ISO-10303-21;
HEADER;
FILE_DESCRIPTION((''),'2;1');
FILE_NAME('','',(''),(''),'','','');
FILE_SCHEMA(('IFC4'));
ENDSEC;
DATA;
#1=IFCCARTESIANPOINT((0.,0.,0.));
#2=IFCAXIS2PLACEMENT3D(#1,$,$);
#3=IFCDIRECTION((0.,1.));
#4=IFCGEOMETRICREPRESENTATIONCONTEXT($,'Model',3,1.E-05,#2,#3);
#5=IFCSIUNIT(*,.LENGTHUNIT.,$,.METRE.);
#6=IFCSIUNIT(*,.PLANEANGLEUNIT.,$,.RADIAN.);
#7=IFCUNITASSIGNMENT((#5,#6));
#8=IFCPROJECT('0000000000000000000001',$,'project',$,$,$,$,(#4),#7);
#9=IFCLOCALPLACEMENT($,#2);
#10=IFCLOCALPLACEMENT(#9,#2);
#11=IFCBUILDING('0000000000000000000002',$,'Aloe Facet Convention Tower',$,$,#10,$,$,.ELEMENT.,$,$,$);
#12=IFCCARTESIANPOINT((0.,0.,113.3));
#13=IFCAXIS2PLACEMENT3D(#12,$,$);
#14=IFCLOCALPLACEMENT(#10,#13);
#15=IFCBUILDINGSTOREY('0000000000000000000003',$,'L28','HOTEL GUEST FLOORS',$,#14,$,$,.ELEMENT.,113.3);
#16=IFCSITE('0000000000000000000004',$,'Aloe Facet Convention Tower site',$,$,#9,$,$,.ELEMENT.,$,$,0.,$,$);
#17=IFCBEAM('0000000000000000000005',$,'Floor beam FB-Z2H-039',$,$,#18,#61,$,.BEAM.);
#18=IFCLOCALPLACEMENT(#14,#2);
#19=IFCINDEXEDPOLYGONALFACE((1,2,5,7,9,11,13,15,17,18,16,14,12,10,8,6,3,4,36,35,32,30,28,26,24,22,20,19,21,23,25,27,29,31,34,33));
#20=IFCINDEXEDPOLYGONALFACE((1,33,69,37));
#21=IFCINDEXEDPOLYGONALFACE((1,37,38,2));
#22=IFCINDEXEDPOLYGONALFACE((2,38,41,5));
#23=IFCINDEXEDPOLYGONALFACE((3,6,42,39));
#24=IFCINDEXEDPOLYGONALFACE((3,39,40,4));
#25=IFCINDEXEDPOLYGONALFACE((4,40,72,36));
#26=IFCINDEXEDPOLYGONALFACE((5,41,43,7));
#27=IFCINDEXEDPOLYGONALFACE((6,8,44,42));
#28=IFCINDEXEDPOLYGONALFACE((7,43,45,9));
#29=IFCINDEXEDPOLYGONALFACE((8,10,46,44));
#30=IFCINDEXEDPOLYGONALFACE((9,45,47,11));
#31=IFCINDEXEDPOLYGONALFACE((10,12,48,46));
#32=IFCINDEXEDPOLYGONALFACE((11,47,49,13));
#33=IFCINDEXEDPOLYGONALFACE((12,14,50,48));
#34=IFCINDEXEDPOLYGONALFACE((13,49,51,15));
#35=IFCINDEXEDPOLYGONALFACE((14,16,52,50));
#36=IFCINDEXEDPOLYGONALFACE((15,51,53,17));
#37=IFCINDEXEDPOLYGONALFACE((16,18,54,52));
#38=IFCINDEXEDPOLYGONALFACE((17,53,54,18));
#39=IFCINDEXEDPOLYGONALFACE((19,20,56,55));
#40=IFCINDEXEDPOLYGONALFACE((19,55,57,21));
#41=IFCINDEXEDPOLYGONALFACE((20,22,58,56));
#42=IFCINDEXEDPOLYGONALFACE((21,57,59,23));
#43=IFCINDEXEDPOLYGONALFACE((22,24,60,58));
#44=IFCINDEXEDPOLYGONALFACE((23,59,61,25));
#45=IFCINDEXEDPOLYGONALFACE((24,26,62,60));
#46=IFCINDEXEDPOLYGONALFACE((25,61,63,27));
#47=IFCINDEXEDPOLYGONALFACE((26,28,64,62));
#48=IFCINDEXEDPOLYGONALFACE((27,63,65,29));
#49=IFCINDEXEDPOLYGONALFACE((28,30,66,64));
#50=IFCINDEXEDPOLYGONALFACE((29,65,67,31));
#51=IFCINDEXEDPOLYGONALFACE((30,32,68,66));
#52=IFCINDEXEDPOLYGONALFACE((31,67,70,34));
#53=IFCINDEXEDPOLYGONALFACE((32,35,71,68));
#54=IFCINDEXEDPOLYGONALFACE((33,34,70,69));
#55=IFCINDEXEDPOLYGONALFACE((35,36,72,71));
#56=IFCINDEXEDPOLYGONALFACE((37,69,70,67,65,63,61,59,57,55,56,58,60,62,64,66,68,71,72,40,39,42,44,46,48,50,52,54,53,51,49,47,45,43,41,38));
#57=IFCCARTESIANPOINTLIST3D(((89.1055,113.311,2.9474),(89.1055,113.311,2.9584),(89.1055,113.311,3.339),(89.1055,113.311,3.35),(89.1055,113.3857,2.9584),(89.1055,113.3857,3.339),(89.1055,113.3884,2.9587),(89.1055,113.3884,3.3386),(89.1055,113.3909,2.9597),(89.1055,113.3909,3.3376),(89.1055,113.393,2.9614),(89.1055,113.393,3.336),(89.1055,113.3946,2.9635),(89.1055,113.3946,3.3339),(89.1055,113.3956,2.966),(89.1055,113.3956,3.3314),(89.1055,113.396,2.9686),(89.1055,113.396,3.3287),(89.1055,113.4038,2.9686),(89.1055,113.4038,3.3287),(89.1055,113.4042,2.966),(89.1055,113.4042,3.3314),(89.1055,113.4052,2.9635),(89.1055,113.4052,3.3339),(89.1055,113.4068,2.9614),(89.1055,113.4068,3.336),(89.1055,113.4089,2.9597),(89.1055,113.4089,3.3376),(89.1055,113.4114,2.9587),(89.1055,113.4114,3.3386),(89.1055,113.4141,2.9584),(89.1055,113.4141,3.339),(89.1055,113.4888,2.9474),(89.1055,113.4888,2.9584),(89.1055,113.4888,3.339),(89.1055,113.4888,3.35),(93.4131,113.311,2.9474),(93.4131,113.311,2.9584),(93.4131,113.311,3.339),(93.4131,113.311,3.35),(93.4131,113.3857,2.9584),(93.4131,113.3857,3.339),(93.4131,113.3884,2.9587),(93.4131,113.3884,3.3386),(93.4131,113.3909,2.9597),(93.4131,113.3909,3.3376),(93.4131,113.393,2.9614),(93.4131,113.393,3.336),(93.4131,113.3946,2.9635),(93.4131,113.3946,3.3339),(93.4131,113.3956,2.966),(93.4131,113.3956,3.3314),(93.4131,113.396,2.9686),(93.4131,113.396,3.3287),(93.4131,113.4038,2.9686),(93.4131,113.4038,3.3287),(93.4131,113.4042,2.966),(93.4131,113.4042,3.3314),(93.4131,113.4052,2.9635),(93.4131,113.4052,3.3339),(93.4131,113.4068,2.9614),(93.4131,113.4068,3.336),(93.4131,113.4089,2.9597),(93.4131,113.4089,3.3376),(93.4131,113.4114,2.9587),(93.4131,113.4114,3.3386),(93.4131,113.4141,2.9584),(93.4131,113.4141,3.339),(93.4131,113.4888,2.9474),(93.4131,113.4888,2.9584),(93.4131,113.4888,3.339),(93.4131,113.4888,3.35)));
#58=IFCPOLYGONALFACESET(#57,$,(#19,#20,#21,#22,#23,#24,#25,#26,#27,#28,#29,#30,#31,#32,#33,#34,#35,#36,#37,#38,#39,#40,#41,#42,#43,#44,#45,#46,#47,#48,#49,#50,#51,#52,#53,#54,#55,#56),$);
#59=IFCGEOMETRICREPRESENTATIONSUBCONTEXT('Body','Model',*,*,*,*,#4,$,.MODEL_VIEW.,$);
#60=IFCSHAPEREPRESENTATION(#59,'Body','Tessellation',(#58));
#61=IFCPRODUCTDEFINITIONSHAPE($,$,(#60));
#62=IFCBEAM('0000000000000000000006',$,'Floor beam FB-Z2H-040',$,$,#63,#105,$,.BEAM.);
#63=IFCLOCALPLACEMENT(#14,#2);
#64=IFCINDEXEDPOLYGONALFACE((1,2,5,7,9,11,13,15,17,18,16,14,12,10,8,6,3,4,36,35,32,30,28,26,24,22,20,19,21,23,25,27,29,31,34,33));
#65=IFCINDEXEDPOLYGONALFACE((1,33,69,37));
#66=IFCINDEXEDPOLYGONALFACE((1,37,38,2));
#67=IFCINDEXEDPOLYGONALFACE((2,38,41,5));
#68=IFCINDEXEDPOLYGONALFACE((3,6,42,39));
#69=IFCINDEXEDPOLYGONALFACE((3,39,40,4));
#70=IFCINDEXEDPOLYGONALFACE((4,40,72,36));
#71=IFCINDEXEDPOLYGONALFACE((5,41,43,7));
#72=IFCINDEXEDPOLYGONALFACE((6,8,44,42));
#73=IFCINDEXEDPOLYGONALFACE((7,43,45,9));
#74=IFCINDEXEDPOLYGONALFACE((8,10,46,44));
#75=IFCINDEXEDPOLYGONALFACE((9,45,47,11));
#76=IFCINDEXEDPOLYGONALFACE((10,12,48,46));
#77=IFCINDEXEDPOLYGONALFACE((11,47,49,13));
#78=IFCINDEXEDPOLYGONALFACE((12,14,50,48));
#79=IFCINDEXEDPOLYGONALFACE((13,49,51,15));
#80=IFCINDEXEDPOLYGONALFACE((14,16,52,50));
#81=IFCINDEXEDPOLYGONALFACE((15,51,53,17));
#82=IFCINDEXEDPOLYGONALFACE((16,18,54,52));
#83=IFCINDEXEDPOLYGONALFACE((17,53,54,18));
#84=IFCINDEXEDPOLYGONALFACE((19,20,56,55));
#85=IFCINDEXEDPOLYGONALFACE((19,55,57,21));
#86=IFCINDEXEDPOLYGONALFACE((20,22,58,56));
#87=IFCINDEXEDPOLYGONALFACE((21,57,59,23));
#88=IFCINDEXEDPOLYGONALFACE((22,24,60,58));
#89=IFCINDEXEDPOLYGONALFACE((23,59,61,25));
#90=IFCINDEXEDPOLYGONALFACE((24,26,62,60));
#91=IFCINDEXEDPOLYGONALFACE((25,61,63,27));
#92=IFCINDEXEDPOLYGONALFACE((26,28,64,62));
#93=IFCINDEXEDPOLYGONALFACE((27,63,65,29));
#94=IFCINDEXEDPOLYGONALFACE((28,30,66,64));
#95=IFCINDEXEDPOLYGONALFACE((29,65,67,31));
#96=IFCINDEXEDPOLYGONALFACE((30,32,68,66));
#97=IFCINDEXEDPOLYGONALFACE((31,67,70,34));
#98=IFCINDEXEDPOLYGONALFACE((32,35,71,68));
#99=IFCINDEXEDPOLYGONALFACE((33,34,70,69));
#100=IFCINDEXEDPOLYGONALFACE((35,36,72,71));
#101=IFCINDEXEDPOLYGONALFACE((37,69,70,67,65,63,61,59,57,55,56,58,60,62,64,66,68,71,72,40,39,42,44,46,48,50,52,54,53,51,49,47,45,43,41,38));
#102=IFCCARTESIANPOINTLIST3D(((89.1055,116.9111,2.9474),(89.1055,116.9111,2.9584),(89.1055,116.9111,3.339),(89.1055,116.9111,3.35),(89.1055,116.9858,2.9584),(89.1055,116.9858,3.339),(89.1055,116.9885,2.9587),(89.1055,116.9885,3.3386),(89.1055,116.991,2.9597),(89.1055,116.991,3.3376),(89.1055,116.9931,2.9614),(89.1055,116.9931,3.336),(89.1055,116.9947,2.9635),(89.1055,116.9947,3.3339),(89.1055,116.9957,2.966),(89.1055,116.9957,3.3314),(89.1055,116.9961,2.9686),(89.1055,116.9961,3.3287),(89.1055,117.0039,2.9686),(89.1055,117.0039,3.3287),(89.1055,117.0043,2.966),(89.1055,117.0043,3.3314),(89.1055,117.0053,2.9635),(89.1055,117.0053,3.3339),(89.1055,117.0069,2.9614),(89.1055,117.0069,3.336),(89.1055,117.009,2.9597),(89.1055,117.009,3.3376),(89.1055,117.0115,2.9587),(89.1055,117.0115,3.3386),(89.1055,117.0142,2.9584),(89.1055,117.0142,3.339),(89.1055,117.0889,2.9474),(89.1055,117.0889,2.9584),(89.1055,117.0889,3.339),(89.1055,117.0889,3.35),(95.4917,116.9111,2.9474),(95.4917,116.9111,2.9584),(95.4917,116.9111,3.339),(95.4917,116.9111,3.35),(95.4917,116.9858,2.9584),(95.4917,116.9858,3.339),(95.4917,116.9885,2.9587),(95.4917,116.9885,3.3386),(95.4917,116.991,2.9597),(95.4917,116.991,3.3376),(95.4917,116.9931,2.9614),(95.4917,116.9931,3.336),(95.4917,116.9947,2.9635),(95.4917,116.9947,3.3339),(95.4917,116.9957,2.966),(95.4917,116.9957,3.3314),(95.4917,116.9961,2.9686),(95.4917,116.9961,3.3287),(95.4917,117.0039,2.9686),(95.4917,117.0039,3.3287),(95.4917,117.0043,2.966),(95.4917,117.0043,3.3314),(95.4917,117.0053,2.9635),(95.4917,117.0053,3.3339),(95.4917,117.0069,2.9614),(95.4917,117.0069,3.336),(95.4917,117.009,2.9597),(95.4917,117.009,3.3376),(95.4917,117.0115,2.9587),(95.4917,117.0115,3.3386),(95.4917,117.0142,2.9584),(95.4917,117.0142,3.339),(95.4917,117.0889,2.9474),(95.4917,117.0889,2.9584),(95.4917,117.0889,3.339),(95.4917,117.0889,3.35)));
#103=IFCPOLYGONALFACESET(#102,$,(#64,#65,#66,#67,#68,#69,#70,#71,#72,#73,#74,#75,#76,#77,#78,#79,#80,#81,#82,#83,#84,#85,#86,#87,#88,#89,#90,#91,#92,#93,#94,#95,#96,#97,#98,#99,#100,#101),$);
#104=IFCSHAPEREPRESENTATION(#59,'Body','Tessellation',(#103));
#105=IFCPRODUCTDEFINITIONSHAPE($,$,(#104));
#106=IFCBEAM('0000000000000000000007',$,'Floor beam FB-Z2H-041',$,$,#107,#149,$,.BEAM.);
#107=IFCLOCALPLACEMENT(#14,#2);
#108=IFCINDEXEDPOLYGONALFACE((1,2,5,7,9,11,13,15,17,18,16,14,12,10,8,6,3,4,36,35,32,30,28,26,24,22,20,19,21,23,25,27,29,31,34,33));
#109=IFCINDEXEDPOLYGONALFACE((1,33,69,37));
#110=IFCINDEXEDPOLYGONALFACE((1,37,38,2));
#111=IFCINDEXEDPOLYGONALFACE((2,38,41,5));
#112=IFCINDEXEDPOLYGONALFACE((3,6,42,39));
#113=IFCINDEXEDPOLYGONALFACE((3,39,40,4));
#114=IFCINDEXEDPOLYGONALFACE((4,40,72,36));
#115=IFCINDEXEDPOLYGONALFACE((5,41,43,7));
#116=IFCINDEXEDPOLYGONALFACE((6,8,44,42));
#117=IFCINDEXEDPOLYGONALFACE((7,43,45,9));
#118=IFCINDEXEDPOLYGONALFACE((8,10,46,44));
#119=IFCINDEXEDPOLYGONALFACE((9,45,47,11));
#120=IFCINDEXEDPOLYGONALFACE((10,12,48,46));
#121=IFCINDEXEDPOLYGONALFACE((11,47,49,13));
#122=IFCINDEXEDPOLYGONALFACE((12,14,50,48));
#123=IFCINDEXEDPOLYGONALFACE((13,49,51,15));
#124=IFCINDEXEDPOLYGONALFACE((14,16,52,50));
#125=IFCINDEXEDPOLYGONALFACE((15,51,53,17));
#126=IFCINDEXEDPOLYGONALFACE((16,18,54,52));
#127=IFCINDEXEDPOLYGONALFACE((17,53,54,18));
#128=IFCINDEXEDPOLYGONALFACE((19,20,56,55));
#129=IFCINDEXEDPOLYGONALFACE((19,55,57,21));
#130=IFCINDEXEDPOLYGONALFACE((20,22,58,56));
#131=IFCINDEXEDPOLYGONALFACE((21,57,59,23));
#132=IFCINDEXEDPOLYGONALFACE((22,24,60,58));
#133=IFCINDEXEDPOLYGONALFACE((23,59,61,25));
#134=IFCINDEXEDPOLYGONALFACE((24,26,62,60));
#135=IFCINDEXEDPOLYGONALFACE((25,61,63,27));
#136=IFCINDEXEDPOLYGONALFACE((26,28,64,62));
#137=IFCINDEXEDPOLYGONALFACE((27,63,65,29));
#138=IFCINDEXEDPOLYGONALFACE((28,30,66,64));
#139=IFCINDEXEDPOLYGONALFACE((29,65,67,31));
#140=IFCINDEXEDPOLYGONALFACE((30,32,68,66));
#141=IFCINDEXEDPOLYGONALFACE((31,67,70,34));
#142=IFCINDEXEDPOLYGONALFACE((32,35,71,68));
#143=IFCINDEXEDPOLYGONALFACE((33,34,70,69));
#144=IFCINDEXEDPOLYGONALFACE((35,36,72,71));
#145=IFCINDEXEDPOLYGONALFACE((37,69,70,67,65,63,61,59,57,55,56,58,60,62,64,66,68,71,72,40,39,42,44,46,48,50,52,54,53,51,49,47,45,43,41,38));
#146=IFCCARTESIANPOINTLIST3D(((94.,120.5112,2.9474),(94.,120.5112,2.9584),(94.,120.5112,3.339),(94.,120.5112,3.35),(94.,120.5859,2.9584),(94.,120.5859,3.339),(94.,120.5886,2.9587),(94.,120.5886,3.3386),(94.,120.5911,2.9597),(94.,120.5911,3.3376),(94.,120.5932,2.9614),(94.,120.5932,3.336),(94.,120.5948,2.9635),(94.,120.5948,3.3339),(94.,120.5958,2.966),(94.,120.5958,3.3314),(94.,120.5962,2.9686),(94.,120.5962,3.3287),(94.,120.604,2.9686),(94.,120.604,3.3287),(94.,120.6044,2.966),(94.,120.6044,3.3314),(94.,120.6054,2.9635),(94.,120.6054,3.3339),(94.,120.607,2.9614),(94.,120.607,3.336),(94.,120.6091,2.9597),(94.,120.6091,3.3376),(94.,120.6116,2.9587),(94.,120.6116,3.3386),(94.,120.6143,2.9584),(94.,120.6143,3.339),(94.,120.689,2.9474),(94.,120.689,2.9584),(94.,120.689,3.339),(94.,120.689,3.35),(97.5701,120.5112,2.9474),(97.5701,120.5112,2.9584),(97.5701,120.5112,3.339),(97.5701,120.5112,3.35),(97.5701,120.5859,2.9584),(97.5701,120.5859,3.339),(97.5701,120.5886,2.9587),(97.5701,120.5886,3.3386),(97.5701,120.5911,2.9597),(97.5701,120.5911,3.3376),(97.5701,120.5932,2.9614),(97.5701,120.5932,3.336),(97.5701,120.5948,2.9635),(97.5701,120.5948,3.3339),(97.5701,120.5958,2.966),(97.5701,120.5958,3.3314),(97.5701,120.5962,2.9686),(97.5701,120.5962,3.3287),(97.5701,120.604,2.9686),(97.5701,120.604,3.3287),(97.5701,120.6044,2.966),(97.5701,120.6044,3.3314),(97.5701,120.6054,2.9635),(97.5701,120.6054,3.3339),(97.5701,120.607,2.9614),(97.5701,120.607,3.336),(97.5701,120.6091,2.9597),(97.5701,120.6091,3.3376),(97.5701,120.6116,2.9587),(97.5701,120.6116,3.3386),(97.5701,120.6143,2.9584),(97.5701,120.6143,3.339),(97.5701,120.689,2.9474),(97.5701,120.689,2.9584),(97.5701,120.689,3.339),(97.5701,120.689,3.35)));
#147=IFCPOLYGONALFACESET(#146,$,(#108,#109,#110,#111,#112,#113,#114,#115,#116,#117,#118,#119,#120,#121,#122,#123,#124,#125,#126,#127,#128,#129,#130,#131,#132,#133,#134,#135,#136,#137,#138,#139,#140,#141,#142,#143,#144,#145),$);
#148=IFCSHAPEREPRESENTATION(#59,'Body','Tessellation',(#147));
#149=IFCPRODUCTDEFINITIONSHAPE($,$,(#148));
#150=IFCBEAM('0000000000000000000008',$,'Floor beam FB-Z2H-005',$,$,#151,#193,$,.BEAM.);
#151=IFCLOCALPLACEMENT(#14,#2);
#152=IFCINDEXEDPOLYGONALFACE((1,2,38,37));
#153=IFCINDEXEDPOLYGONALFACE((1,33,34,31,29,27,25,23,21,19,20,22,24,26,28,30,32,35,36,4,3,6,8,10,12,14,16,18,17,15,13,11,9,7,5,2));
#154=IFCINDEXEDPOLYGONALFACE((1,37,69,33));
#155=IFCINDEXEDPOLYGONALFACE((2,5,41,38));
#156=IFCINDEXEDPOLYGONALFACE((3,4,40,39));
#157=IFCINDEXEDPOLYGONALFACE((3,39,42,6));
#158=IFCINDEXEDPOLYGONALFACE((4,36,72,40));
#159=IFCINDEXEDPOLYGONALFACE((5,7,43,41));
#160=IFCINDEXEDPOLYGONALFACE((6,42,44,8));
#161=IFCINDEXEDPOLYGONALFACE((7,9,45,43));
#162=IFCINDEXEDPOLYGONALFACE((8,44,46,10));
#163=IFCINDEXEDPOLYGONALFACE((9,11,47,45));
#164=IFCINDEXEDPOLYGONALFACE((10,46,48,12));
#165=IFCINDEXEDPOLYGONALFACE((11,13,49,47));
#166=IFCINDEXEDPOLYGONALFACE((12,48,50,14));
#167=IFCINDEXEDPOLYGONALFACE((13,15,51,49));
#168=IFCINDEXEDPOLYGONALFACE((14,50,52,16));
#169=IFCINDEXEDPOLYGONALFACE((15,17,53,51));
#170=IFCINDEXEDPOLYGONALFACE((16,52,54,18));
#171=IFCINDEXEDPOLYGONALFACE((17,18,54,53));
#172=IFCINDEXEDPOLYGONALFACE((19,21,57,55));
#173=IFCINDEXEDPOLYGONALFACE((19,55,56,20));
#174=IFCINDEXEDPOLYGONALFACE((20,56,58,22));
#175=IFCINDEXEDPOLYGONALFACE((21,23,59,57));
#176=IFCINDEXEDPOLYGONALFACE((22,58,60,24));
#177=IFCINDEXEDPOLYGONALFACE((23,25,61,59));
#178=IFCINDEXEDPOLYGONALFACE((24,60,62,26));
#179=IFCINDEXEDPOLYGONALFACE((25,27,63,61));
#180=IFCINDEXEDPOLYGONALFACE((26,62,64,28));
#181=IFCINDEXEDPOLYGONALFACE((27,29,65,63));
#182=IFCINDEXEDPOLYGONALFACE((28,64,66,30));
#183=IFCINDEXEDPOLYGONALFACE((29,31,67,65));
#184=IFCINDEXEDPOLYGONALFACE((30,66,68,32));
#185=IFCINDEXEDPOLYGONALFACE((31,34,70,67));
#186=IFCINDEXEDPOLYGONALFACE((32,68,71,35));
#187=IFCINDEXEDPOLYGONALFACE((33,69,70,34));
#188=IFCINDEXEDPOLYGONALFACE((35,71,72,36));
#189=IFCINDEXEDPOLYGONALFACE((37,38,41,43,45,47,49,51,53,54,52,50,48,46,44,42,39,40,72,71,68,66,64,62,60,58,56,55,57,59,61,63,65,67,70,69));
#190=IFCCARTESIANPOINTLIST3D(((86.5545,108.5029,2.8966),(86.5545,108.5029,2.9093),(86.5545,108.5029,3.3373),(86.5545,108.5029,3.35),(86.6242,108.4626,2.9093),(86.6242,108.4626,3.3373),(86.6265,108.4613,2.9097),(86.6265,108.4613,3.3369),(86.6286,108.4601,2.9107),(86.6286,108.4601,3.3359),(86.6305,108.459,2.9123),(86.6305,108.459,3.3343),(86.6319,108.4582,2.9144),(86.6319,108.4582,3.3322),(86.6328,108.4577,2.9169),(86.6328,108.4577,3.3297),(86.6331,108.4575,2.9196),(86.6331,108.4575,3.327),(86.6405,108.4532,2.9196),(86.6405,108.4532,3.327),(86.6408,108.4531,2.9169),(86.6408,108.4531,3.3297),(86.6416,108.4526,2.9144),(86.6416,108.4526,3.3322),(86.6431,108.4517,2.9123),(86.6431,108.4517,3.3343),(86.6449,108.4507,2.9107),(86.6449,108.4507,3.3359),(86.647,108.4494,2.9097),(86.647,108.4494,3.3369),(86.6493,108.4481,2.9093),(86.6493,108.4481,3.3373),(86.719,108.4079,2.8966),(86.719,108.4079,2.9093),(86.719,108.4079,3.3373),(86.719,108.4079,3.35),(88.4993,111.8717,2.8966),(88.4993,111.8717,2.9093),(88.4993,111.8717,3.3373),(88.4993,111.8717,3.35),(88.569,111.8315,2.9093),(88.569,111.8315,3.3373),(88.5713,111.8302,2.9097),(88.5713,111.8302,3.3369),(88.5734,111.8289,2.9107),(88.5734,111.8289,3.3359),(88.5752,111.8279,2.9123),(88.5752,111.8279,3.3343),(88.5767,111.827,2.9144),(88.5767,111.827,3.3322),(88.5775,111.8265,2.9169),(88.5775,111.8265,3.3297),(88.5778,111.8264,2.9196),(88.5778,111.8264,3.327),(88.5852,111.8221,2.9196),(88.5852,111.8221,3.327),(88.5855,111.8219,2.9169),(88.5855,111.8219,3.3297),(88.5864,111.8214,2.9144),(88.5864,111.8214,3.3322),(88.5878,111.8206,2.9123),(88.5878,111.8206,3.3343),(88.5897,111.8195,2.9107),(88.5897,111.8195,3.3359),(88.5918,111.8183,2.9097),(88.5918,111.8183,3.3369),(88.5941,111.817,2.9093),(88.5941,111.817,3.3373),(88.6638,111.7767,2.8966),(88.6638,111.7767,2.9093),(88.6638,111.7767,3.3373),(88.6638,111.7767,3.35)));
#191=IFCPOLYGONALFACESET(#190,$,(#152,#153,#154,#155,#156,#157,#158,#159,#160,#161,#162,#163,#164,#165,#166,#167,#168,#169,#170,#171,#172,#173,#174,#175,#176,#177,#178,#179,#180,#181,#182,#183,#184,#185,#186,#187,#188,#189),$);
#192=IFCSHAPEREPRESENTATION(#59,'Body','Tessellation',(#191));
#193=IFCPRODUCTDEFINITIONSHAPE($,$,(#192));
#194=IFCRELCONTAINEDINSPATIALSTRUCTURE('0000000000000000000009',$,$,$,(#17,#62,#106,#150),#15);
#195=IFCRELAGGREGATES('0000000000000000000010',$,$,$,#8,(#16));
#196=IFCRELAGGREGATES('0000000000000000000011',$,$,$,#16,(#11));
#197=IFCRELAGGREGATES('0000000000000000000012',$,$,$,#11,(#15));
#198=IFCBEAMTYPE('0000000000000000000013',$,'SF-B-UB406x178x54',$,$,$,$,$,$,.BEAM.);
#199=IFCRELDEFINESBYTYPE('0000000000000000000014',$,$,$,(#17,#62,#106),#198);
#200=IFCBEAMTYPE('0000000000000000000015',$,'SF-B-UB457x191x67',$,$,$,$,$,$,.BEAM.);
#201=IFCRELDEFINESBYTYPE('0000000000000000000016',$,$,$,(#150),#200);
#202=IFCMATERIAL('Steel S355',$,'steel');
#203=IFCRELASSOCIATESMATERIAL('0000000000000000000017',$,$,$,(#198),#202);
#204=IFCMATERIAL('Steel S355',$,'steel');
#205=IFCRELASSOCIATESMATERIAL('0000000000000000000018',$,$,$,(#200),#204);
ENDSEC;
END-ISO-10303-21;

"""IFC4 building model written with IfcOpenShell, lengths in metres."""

from ifc_helpers import new_model, si_unit, direction, frame, origin, origin_2d, place, context, subcontext, project, spatial, i_section, extrude, material, material_profile, profile_set, type_object, element, save


model = new_model("IFC4")

# Units and contexts
model_context = context("Model", 3, precision=1e-05, world=origin(), true_north=direction((0.0, 1.0)))
body_context = subcontext(model_context, "Body", "Model", "MODEL_VIEW")
ifc_project = project(units=[si_unit("LENGTHUNIT", "METRE"), si_unit("PLANEANGLEUNIT", "RADIAN")], contexts=[model_context])

# Site, building, storey
site_placement = place(None, origin())
site = spatial("IfcSite", under=ifc_project, at=site_placement, Name="Aloe Facet Convention Tower site", CompositionType="ELEMENT", RefElevation=0.0)
building_placement = place(site_placement, origin())
building = spatial("IfcBuilding", under=site, at=building_placement, Name="Aloe Facet Convention Tower", CompositionType="ELEMENT")
storey_placement = place(building_placement, frame((0.0, 0.0, 113.3)))
storey = spatial("IfcBuildingStorey", under=building, at=storey_placement, Name="L28", Description="HOTEL GUEST FLOORS", CompositionType="ELEMENT", Elevation=113.3)

# Beams
ifc_material_1 = material(Name="Steel S355", Category="steel")
ifc_material_profile_1 = material_profile(ifc_material_1, i_section(OverallWidth=0.1777, OverallDepth=0.4026, WebThickness=0.0078, FlangeThickness=0.011, FilletRadius=0.0103, at=origin_2d()), Name="UB 406x178x54")
ifc_profile_set_1 = profile_set([ifc_material_profile_1], Name="Steel S355")
beam_type_1 = type_object("IfcBeamType", Name="SF-B-UB406x178x54", PredefinedType="BEAM", material=ifc_profile_set_1)
beam_1_placement = place(storey_placement, frame((89.1055, 113.3999, 3.1487), z_axis=(1.0, 0.0, 0.0), x_axis=(0.0, 1.0, 0.0)))
element("IfcBeam", 1, at=beam_1_placement, inside=storey, type_object=beam_type_1, Name="Floor beam FB-Z2H-039", PredefinedType="BEAM", context=body_context, shape_type="SweptSolid", body=[
    extrude(i_section(OverallWidth=0.1777, OverallDepth=0.4026, WebThickness=0.0078, FlangeThickness=0.011, FilletRadius=0.0103, at=origin_2d()), origin(), (0.0, 0.0, 1.0), 4.3076),
])
beam_2_placement = place(storey_placement, frame((89.1055, 117.0, 3.1487), z_axis=(1.0, 0.0, 0.0), x_axis=(0.0, 1.0, 0.0)))
element("IfcBeam", 2, at=beam_2_placement, inside=storey, type_object=beam_type_1, Name="Floor beam FB-Z2H-040", PredefinedType="BEAM", context=body_context, shape_type="SweptSolid", body=[
    extrude(i_section(OverallWidth=0.1777, OverallDepth=0.4026, WebThickness=0.0078, FlangeThickness=0.011, FilletRadius=0.0103, at=origin_2d()), origin(), (0.0, 0.0, 1.0), 6.3862),
])
beam_3_placement = place(storey_placement, frame((94.0, 120.6001, 3.1487), z_axis=(1.0, 0.0, 0.0), x_axis=(0.0, 1.0, 0.0)))
element("IfcBeam", 3, at=beam_3_placement, inside=storey, type_object=beam_type_1, Name="Floor beam FB-Z2H-041", PredefinedType="BEAM", context=body_context, shape_type="SweptSolid", body=[
    extrude(i_section(OverallWidth=0.1777, OverallDepth=0.4026, WebThickness=0.0078, FlangeThickness=0.011, FilletRadius=0.0103, at=origin_2d()), origin(), (0.0, 0.0, 1.0), 3.5701),
])
ifc_material_2 = material(Name="Steel S355", Category="steel")
ifc_material_profile_2 = material_profile(ifc_material_2, i_section(OverallWidth=0.1899, OverallDepth=0.4534, WebThickness=0.0085, FlangeThickness=0.0127, FilletRadius=0.0103, at=origin_2d()), Name="UB 457x191x67")
ifc_profile_set_2 = profile_set([ifc_material_profile_2], Name="Steel S355")
beam_type_2 = type_object("IfcBeamType", Name="SF-B-UB457x191x67", PredefinedType="BEAM", material=ifc_profile_set_2)
beam_4_placement = place(storey_placement, frame((88.5815, 111.8242, 3.1233), z_axis=(-0.49996, -0.866049, 0.0), x_axis=(0.866049, -0.49996, 0.0)))
element("IfcBeam", 4, at=beam_4_placement, inside=storey, type_object=beam_type_2, Name="Floor beam FB-Z2H-005", PredefinedType="BEAM", context=body_context, shape_type="SweptSolid", body=[
    extrude(i_section(OverallWidth=0.1899, OverallDepth=0.4534, WebThickness=0.0085, FlangeThickness=0.0127, FilletRadius=0.0103, at=origin_2d()), origin(), (0.0, 0.0, 1.0), 3.8899),
])

save(model, "model.ifc")
